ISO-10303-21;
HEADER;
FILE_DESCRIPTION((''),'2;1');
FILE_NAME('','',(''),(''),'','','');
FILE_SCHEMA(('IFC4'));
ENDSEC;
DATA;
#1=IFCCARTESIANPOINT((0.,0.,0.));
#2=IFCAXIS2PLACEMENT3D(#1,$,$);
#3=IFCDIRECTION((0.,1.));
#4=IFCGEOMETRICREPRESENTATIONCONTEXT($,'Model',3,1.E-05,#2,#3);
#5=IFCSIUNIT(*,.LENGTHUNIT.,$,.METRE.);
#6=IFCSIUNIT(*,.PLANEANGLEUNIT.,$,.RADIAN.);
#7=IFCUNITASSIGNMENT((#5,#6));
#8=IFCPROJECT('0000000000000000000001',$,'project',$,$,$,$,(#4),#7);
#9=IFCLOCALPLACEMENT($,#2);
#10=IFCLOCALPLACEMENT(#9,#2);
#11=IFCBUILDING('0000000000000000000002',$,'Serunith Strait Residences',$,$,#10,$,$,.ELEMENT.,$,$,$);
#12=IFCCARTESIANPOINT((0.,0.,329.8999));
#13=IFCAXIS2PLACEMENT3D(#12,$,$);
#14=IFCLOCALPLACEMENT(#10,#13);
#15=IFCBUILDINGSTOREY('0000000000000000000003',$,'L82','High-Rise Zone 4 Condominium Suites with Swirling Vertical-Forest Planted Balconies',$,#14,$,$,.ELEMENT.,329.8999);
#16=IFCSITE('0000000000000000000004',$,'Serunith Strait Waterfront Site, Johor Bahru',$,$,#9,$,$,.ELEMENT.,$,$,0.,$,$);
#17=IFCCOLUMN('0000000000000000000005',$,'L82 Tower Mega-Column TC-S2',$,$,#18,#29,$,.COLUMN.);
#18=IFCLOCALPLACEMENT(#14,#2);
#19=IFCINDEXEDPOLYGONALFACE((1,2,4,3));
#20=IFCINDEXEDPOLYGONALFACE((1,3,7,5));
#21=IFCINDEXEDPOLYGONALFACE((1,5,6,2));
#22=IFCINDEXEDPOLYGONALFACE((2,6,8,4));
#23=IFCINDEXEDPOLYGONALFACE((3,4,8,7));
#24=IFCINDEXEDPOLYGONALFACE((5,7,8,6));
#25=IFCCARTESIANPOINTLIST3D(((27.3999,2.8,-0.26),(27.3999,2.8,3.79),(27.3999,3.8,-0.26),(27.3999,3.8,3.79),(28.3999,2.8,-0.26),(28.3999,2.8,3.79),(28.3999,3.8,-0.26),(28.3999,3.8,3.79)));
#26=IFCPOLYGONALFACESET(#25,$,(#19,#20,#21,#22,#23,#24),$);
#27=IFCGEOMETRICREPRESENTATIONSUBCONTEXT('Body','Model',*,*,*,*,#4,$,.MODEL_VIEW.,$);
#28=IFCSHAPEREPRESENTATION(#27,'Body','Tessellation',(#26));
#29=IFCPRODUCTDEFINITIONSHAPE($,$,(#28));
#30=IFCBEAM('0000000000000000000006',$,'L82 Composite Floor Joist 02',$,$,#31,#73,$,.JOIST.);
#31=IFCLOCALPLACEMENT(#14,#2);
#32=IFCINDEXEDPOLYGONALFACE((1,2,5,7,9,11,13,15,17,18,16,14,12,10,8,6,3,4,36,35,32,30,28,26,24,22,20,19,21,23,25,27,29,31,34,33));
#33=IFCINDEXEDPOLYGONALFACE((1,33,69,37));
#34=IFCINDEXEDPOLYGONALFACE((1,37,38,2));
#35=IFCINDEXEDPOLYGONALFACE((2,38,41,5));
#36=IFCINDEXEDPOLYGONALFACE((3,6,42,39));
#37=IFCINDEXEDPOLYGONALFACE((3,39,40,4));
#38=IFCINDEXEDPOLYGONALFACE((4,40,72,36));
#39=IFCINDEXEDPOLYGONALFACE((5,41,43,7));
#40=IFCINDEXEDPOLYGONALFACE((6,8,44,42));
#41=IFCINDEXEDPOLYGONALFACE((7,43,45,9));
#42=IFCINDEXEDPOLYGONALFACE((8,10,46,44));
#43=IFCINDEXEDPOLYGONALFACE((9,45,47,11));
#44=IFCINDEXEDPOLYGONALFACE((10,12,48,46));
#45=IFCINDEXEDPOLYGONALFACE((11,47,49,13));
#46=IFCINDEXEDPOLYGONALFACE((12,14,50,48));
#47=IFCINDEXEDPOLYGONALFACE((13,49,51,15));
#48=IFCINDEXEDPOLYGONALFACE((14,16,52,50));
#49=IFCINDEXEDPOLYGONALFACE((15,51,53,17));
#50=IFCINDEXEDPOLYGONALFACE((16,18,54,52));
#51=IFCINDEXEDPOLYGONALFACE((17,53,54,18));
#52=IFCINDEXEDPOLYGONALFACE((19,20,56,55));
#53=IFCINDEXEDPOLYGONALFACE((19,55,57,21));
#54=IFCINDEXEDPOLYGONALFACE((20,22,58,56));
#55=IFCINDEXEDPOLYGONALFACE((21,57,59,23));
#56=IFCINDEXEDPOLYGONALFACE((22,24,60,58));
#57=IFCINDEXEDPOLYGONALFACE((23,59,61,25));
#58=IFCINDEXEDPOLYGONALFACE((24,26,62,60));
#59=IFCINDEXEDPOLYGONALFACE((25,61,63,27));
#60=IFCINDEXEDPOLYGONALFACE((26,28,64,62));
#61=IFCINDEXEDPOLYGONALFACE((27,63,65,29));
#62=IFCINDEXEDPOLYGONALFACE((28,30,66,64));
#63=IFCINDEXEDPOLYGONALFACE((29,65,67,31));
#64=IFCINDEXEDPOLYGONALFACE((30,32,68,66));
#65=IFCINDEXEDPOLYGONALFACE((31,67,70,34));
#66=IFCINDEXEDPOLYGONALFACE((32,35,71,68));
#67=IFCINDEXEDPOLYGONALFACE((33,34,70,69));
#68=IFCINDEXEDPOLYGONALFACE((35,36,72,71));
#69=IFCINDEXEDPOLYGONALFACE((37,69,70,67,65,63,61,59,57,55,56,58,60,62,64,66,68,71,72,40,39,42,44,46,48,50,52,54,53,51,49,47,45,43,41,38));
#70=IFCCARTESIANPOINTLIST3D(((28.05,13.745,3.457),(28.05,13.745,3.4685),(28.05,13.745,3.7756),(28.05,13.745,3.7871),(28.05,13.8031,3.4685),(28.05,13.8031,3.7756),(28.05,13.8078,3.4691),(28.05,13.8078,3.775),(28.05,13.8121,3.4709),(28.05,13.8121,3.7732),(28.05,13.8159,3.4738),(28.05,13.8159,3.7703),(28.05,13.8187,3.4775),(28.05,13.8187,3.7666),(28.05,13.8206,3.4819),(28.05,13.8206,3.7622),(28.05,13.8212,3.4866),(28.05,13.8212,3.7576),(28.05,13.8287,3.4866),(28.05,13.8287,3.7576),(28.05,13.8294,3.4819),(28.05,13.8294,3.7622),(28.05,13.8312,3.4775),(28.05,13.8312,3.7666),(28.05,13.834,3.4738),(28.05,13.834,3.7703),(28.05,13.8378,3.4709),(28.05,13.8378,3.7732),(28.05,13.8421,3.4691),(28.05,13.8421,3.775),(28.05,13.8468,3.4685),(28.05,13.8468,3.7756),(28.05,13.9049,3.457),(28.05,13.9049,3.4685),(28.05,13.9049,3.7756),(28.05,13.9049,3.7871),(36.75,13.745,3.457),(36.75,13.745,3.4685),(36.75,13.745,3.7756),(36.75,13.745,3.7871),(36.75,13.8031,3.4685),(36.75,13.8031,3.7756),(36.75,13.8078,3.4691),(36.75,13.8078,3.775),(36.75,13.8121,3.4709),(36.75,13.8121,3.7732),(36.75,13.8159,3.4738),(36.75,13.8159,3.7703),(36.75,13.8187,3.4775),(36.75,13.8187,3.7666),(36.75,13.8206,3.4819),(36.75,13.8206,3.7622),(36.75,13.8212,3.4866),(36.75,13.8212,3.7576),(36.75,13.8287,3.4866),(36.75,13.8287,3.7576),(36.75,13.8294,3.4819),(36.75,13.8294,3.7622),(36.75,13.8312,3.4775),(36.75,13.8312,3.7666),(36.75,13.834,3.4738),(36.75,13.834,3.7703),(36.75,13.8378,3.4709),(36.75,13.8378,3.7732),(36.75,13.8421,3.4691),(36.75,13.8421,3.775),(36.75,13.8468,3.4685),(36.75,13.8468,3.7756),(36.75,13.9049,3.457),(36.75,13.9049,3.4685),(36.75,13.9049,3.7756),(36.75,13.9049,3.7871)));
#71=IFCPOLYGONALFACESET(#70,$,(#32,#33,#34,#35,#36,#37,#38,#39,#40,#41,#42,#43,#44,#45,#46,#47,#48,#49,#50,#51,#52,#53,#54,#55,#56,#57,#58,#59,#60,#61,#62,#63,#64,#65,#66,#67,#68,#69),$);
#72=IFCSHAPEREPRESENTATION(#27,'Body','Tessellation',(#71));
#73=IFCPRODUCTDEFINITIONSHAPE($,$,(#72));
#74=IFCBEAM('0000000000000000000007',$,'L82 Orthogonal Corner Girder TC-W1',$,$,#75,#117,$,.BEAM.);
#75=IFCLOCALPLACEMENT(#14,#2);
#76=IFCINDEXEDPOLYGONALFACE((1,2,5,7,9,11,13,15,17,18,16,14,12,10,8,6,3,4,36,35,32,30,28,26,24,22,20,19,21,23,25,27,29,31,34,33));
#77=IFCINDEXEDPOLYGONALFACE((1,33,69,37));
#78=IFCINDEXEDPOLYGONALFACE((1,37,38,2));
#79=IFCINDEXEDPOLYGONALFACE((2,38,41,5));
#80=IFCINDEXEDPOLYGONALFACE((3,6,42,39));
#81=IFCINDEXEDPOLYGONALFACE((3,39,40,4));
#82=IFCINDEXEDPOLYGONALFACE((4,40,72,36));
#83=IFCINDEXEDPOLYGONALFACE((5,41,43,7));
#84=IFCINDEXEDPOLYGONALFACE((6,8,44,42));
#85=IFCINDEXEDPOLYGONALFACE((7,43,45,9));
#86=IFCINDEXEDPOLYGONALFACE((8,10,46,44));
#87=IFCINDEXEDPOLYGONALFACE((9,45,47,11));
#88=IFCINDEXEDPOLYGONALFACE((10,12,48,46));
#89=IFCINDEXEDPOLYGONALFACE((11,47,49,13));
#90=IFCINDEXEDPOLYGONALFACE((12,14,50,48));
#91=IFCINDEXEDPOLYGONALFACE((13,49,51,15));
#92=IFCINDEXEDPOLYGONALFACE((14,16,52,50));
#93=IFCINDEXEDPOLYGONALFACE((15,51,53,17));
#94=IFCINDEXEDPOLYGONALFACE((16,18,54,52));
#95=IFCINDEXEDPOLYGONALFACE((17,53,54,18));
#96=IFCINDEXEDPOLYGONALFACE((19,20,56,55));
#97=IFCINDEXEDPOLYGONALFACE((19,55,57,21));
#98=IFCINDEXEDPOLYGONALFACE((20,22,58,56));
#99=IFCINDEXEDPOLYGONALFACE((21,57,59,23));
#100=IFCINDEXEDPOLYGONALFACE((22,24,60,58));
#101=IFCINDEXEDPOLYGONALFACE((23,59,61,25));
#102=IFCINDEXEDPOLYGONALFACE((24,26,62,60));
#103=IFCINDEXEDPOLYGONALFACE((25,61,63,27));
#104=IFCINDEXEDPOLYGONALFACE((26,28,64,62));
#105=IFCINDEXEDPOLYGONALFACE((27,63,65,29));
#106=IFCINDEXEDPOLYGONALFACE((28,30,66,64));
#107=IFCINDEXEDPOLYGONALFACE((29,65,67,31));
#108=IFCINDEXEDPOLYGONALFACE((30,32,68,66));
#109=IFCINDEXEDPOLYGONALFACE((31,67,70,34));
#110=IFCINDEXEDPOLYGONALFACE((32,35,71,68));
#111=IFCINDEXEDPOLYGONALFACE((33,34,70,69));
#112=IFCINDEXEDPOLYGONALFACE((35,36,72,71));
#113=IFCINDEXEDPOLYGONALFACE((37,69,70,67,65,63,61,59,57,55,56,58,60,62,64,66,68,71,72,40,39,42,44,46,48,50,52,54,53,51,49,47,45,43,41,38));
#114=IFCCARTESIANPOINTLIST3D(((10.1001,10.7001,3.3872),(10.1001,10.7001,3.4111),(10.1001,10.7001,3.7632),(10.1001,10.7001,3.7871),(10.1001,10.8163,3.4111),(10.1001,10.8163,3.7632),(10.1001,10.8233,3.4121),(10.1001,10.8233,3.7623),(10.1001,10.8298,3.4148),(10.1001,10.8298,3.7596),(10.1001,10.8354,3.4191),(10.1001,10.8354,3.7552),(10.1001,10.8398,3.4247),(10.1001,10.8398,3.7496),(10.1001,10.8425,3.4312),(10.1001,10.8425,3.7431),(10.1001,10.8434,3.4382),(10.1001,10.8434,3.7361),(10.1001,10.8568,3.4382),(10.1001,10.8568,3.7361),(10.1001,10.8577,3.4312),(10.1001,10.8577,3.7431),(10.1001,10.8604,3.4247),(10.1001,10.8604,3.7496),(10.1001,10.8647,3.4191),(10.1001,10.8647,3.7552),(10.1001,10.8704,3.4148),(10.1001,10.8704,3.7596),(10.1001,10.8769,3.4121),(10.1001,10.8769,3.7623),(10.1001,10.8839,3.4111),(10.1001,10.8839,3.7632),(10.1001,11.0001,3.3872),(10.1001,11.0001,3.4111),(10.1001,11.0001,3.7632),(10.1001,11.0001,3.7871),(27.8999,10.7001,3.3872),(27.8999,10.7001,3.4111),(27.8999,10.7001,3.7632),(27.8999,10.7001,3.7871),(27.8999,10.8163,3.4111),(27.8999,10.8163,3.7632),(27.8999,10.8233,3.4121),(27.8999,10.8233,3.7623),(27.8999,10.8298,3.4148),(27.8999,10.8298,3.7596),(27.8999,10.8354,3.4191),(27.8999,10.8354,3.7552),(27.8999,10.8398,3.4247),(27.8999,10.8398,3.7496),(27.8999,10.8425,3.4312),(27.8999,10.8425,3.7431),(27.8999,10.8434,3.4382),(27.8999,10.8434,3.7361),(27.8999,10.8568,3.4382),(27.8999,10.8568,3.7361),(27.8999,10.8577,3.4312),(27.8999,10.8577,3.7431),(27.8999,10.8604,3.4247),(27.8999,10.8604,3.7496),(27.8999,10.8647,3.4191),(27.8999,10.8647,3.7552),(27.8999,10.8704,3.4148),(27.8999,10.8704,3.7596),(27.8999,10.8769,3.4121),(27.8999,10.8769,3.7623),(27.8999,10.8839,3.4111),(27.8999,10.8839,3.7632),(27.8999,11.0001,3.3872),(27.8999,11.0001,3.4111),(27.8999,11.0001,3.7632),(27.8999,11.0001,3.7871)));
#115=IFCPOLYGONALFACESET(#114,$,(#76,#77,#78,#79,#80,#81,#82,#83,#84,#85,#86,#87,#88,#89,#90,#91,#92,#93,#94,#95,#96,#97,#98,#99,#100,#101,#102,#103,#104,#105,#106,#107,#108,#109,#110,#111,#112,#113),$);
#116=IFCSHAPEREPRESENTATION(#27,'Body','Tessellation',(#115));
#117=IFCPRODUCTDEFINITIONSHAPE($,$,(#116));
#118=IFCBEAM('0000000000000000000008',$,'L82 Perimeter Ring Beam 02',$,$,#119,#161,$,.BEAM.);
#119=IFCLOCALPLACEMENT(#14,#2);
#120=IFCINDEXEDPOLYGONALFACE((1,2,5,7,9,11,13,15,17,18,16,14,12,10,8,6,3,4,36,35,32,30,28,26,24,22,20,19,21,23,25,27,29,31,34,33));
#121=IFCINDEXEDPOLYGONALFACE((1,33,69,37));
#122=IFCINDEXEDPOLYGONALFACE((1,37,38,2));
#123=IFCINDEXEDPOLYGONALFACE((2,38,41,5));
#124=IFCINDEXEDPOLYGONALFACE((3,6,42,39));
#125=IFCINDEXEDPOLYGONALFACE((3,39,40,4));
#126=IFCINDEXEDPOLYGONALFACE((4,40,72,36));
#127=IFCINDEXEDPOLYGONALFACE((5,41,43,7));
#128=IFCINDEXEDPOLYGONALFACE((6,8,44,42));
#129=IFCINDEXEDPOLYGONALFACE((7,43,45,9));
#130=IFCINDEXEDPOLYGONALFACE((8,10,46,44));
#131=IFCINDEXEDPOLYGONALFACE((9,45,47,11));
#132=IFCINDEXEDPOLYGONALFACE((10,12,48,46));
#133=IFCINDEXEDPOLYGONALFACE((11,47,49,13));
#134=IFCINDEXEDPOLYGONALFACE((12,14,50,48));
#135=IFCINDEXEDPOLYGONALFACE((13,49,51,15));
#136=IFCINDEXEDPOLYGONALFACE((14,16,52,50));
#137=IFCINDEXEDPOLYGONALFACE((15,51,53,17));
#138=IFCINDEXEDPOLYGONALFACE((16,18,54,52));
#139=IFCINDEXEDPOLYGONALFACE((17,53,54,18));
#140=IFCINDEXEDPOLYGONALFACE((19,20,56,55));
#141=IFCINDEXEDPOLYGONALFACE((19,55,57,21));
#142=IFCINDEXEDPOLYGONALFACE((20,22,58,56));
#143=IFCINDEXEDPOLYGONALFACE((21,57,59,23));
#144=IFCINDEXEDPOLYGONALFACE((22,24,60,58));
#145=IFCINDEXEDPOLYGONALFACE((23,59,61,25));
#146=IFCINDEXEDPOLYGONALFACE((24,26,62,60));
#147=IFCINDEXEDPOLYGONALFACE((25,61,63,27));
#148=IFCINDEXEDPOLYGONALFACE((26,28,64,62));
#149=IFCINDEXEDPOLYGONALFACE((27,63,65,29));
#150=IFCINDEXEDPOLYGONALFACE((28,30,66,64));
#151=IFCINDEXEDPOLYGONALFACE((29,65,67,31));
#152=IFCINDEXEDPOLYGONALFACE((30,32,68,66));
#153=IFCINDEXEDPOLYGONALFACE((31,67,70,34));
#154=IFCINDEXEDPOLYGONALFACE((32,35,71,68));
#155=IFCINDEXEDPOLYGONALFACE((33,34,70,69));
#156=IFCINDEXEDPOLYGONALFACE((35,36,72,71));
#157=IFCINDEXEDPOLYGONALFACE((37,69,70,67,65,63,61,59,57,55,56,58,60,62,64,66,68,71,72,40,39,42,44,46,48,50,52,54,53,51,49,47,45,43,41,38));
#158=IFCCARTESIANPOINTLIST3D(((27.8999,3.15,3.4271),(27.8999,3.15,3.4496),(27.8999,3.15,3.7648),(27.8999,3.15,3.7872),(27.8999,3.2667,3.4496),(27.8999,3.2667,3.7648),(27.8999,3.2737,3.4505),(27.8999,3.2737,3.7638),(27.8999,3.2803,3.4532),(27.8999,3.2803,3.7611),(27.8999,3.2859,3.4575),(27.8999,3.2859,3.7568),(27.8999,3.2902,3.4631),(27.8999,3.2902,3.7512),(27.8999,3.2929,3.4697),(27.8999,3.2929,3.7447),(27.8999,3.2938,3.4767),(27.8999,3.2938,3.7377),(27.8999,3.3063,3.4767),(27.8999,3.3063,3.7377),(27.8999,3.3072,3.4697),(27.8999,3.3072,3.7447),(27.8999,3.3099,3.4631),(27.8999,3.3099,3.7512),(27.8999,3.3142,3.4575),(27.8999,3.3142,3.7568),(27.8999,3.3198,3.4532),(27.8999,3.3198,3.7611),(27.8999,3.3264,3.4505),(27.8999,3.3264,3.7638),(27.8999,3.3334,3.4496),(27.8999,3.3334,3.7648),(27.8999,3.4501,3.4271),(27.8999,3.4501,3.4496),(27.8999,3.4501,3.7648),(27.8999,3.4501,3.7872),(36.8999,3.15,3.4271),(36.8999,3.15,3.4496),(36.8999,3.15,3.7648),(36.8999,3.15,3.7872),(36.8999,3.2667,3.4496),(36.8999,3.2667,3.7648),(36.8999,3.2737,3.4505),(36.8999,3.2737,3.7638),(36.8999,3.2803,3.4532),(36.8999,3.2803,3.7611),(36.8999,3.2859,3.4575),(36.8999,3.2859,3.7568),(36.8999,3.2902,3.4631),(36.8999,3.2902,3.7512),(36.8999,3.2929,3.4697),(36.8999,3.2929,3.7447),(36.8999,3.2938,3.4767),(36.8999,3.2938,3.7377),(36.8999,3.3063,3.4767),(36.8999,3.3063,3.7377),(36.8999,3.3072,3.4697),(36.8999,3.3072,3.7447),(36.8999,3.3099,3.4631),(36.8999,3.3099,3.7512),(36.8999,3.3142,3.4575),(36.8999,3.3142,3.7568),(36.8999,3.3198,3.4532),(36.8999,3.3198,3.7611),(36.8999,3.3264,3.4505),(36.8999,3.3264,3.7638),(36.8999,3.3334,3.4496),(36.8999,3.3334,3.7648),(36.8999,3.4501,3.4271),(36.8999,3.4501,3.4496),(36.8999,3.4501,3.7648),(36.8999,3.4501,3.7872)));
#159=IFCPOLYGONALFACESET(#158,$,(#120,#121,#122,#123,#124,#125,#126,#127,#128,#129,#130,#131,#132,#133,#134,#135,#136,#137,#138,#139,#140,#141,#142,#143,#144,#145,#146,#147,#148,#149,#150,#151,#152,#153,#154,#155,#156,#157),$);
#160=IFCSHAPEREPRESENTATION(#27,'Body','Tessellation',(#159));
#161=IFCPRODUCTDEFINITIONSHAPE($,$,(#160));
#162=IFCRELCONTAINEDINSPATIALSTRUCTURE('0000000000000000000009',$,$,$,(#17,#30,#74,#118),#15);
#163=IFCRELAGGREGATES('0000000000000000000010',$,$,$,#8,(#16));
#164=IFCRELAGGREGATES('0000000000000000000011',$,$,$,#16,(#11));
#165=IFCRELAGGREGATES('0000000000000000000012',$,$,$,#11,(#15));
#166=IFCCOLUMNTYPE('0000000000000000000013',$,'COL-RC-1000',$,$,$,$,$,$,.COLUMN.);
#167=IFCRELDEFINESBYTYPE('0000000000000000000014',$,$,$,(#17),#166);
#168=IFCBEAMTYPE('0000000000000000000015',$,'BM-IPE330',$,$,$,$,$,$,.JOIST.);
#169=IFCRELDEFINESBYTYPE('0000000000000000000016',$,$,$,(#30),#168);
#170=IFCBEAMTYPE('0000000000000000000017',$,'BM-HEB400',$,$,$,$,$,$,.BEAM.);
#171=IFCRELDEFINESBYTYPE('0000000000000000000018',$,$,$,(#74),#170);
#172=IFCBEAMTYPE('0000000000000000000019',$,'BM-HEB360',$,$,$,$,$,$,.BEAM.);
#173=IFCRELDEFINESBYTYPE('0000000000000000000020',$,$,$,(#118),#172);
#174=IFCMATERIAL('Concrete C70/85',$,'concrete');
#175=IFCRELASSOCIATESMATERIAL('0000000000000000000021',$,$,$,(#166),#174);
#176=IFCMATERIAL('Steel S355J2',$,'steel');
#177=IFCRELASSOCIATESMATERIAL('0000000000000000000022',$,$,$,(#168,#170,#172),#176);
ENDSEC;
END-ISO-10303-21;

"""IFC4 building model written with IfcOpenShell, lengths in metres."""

from ifc_helpers import new_model, si_unit, direction, frame, origin, origin_2d, place, context, subcontext, project, spatial, rectangle, i_section, extrude, source, transform, mapped, material, material_profile, profile_set, type_object, element, save


model = new_model("IFC4")

# Units and contexts
model_context = context("Model", 3, precision=1e-05, world=origin(), true_north=direction((0.0, 1.0)))
body_context = subcontext(model_context, "Body", "Model", "MODEL_VIEW")
ifc_project = project(units=[si_unit("LENGTHUNIT", "METRE"), si_unit("PLANEANGLEUNIT", "RADIAN")], contexts=[model_context])

# Site, building, storey
site_placement = place(None, origin())
site = spatial("IfcSite", under=ifc_project, at=site_placement, Name="Serunith Strait Waterfront Site, Johor Bahru", CompositionType="ELEMENT", RefElevation=0.0)
building_placement = place(site_placement, origin())
building = spatial("IfcBuilding", under=site, at=building_placement, Name="Serunith Strait Residences", CompositionType="ELEMENT")
storey_placement = place(building_placement, frame((0.0, 0.0, 329.8999)))
storey = spatial("IfcBuildingStorey", under=building, at=storey_placement, Name="L82", Description="High-Rise Zone 4 Condominium Suites with Swirling Vertical-Forest Planted Balconies", CompositionType="ELEMENT", Elevation=329.8999)

# Column
ifc_material_1 = material(Name="Concrete C70/85", Category="concrete")
ifc_material_profile_1 = material_profile(ifc_material_1, rectangle(XDim=1.0, YDim=1.0, at=origin_2d()), Name="RC 1000x1000")
ifc_profile_set_1 = profile_set([ifc_material_profile_1], Name="Concrete C70/85")
column_type = type_object("IfcColumnType", Name="COL-RC-1000", PredefinedType="COLUMN", material=ifc_profile_set_1)
shared_shape_1 = source(origin(), body_context, "Body", "SweptSolid", [
    extrude(rectangle(XDim=1.0, YDim=1.0, at=origin_2d()), origin(), (0.0, 0.0, 1.0), 4.05),
])
column_placement = place(storey_placement, frame((27.8999, 3.3, -0.26), z_axis=(0.0, 0.0, 1.0), x_axis=(1.0, 0.0, 0.0)))
element("IfcColumn", 1, at=column_placement, inside=storey, type_object=column_type, Name="L82 Tower Mega-Column TC-S2", PredefinedType="COLUMN", context=body_context, shape_type="MappedRepresentation", body=[
    mapped(shared_shape_1, transform((0.0, 0.0, 0.0), scale=1.0)),
])

# Beams
ifc_material_2 = material(Name="Steel S355J2", Category="steel")
ifc_material_profile_2 = material_profile(ifc_material_2, i_section(OverallWidth=0.1599, OverallDepth=0.3301, WebThickness=0.0076, FlangeThickness=0.0115, FilletRadius=0.0181, at=origin_2d()), Name="IPE 330")
ifc_profile_set_2 = profile_set([ifc_material_profile_2], Name="Steel S355J2")
beam_type_1 = type_object("IfcBeamType", Name="BM-IPE330", PredefinedType="JOIST", material=ifc_profile_set_2)
shared_shape_2 = source(origin(), body_context, "Body", "SweptSolid", [
    extrude(i_section(OverallWidth=0.1599, OverallDepth=0.3301, WebThickness=0.0076, FlangeThickness=0.0115, FilletRadius=0.0181, at=origin_2d()), origin(), (0.0, 0.0, 1.0), 8.7),
])
beam_1_placement = place(storey_placement, frame((28.05, 13.825, 3.6221), z_axis=(1.0, 0.0, 0.0), x_axis=(0.0, 1.0, 0.0)))
element("IfcBeam", 2, at=beam_1_placement, inside=storey, type_object=beam_type_1, Name="L82 Composite Floor Joist 02", PredefinedType="JOIST", context=body_context, shape_type="MappedRepresentation", body=[
    mapped(shared_shape_2, transform((0.0, 0.0, 0.0), scale=1.0)),
])
ifc_material_profile_3 = material_profile(ifc_material_2, i_section(OverallWidth=0.3, OverallDepth=0.3999, WebThickness=0.0134, FlangeThickness=0.0239, FilletRadius=0.0271, at=origin_2d()), Name="HEB 400")
ifc_profile_set_3 = profile_set([ifc_material_profile_3], Name="Steel S355J2")
beam_type_2 = type_object("IfcBeamType", Name="BM-HEB400", PredefinedType="BEAM", material=ifc_profile_set_3)
shared_shape_3 = source(origin(), body_context, "Body", "SweptSolid", [
    extrude(i_section(OverallWidth=0.3, OverallDepth=0.3999, WebThickness=0.0134, FlangeThickness=0.0239, FilletRadius=0.0271, at=origin_2d()), origin(), (0.0, 0.0, 1.0), 17.7998),
])
beam_2_placement = place(storey_placement, frame((27.8999, 10.8501, 3.5872), z_axis=(-1.0, 0.0, 0.0), x_axis=(0.0, -1.0, 0.0)))
element("IfcBeam", 3, at=beam_2_placement, inside=storey, type_object=beam_type_2, Name="L82 Orthogonal Corner Girder TC-W1", PredefinedType="BEAM", context=body_context, shape_type="MappedRepresentation", body=[
    mapped(shared_shape_3, transform((0.0, 0.0, 0.0), scale=1.0)),
])
ifc_material_profile_4 = material_profile(ifc_material_2, i_section(OverallWidth=0.3, OverallDepth=0.3601, WebThickness=0.0125, FlangeThickness=0.0225, FilletRadius=0.0271, at=origin_2d()), Name="HEB 360")
ifc_profile_set_4 = profile_set([ifc_material_profile_4], Name="Steel S355J2")
beam_type_3 = type_object("IfcBeamType", Name="BM-HEB360", PredefinedType="BEAM", material=ifc_profile_set_4)
shared_shape_4 = source(origin(), body_context, "Body", "SweptSolid", [
    extrude(i_section(OverallWidth=0.3, OverallDepth=0.3601, WebThickness=0.0125, FlangeThickness=0.0225, FilletRadius=0.0271, at=origin_2d()), origin(), (0.0, 0.0, 1.0), 9.0),
])
beam_3_placement = place(storey_placement, frame((27.8999, 3.3, 3.6072), z_axis=(1.0, 0.0, 0.0), x_axis=(0.0, 1.0, 0.0)))
element("IfcBeam", 4, at=beam_3_placement, inside=storey, type_object=beam_type_3, Name="L82 Perimeter Ring Beam 02", PredefinedType="BEAM", context=body_context, shape_type="MappedRepresentation", body=[
    mapped(shared_shape_4, transform((0.0, 0.0, 0.0), scale=1.0)),
])

save(model, "model.ifc")
